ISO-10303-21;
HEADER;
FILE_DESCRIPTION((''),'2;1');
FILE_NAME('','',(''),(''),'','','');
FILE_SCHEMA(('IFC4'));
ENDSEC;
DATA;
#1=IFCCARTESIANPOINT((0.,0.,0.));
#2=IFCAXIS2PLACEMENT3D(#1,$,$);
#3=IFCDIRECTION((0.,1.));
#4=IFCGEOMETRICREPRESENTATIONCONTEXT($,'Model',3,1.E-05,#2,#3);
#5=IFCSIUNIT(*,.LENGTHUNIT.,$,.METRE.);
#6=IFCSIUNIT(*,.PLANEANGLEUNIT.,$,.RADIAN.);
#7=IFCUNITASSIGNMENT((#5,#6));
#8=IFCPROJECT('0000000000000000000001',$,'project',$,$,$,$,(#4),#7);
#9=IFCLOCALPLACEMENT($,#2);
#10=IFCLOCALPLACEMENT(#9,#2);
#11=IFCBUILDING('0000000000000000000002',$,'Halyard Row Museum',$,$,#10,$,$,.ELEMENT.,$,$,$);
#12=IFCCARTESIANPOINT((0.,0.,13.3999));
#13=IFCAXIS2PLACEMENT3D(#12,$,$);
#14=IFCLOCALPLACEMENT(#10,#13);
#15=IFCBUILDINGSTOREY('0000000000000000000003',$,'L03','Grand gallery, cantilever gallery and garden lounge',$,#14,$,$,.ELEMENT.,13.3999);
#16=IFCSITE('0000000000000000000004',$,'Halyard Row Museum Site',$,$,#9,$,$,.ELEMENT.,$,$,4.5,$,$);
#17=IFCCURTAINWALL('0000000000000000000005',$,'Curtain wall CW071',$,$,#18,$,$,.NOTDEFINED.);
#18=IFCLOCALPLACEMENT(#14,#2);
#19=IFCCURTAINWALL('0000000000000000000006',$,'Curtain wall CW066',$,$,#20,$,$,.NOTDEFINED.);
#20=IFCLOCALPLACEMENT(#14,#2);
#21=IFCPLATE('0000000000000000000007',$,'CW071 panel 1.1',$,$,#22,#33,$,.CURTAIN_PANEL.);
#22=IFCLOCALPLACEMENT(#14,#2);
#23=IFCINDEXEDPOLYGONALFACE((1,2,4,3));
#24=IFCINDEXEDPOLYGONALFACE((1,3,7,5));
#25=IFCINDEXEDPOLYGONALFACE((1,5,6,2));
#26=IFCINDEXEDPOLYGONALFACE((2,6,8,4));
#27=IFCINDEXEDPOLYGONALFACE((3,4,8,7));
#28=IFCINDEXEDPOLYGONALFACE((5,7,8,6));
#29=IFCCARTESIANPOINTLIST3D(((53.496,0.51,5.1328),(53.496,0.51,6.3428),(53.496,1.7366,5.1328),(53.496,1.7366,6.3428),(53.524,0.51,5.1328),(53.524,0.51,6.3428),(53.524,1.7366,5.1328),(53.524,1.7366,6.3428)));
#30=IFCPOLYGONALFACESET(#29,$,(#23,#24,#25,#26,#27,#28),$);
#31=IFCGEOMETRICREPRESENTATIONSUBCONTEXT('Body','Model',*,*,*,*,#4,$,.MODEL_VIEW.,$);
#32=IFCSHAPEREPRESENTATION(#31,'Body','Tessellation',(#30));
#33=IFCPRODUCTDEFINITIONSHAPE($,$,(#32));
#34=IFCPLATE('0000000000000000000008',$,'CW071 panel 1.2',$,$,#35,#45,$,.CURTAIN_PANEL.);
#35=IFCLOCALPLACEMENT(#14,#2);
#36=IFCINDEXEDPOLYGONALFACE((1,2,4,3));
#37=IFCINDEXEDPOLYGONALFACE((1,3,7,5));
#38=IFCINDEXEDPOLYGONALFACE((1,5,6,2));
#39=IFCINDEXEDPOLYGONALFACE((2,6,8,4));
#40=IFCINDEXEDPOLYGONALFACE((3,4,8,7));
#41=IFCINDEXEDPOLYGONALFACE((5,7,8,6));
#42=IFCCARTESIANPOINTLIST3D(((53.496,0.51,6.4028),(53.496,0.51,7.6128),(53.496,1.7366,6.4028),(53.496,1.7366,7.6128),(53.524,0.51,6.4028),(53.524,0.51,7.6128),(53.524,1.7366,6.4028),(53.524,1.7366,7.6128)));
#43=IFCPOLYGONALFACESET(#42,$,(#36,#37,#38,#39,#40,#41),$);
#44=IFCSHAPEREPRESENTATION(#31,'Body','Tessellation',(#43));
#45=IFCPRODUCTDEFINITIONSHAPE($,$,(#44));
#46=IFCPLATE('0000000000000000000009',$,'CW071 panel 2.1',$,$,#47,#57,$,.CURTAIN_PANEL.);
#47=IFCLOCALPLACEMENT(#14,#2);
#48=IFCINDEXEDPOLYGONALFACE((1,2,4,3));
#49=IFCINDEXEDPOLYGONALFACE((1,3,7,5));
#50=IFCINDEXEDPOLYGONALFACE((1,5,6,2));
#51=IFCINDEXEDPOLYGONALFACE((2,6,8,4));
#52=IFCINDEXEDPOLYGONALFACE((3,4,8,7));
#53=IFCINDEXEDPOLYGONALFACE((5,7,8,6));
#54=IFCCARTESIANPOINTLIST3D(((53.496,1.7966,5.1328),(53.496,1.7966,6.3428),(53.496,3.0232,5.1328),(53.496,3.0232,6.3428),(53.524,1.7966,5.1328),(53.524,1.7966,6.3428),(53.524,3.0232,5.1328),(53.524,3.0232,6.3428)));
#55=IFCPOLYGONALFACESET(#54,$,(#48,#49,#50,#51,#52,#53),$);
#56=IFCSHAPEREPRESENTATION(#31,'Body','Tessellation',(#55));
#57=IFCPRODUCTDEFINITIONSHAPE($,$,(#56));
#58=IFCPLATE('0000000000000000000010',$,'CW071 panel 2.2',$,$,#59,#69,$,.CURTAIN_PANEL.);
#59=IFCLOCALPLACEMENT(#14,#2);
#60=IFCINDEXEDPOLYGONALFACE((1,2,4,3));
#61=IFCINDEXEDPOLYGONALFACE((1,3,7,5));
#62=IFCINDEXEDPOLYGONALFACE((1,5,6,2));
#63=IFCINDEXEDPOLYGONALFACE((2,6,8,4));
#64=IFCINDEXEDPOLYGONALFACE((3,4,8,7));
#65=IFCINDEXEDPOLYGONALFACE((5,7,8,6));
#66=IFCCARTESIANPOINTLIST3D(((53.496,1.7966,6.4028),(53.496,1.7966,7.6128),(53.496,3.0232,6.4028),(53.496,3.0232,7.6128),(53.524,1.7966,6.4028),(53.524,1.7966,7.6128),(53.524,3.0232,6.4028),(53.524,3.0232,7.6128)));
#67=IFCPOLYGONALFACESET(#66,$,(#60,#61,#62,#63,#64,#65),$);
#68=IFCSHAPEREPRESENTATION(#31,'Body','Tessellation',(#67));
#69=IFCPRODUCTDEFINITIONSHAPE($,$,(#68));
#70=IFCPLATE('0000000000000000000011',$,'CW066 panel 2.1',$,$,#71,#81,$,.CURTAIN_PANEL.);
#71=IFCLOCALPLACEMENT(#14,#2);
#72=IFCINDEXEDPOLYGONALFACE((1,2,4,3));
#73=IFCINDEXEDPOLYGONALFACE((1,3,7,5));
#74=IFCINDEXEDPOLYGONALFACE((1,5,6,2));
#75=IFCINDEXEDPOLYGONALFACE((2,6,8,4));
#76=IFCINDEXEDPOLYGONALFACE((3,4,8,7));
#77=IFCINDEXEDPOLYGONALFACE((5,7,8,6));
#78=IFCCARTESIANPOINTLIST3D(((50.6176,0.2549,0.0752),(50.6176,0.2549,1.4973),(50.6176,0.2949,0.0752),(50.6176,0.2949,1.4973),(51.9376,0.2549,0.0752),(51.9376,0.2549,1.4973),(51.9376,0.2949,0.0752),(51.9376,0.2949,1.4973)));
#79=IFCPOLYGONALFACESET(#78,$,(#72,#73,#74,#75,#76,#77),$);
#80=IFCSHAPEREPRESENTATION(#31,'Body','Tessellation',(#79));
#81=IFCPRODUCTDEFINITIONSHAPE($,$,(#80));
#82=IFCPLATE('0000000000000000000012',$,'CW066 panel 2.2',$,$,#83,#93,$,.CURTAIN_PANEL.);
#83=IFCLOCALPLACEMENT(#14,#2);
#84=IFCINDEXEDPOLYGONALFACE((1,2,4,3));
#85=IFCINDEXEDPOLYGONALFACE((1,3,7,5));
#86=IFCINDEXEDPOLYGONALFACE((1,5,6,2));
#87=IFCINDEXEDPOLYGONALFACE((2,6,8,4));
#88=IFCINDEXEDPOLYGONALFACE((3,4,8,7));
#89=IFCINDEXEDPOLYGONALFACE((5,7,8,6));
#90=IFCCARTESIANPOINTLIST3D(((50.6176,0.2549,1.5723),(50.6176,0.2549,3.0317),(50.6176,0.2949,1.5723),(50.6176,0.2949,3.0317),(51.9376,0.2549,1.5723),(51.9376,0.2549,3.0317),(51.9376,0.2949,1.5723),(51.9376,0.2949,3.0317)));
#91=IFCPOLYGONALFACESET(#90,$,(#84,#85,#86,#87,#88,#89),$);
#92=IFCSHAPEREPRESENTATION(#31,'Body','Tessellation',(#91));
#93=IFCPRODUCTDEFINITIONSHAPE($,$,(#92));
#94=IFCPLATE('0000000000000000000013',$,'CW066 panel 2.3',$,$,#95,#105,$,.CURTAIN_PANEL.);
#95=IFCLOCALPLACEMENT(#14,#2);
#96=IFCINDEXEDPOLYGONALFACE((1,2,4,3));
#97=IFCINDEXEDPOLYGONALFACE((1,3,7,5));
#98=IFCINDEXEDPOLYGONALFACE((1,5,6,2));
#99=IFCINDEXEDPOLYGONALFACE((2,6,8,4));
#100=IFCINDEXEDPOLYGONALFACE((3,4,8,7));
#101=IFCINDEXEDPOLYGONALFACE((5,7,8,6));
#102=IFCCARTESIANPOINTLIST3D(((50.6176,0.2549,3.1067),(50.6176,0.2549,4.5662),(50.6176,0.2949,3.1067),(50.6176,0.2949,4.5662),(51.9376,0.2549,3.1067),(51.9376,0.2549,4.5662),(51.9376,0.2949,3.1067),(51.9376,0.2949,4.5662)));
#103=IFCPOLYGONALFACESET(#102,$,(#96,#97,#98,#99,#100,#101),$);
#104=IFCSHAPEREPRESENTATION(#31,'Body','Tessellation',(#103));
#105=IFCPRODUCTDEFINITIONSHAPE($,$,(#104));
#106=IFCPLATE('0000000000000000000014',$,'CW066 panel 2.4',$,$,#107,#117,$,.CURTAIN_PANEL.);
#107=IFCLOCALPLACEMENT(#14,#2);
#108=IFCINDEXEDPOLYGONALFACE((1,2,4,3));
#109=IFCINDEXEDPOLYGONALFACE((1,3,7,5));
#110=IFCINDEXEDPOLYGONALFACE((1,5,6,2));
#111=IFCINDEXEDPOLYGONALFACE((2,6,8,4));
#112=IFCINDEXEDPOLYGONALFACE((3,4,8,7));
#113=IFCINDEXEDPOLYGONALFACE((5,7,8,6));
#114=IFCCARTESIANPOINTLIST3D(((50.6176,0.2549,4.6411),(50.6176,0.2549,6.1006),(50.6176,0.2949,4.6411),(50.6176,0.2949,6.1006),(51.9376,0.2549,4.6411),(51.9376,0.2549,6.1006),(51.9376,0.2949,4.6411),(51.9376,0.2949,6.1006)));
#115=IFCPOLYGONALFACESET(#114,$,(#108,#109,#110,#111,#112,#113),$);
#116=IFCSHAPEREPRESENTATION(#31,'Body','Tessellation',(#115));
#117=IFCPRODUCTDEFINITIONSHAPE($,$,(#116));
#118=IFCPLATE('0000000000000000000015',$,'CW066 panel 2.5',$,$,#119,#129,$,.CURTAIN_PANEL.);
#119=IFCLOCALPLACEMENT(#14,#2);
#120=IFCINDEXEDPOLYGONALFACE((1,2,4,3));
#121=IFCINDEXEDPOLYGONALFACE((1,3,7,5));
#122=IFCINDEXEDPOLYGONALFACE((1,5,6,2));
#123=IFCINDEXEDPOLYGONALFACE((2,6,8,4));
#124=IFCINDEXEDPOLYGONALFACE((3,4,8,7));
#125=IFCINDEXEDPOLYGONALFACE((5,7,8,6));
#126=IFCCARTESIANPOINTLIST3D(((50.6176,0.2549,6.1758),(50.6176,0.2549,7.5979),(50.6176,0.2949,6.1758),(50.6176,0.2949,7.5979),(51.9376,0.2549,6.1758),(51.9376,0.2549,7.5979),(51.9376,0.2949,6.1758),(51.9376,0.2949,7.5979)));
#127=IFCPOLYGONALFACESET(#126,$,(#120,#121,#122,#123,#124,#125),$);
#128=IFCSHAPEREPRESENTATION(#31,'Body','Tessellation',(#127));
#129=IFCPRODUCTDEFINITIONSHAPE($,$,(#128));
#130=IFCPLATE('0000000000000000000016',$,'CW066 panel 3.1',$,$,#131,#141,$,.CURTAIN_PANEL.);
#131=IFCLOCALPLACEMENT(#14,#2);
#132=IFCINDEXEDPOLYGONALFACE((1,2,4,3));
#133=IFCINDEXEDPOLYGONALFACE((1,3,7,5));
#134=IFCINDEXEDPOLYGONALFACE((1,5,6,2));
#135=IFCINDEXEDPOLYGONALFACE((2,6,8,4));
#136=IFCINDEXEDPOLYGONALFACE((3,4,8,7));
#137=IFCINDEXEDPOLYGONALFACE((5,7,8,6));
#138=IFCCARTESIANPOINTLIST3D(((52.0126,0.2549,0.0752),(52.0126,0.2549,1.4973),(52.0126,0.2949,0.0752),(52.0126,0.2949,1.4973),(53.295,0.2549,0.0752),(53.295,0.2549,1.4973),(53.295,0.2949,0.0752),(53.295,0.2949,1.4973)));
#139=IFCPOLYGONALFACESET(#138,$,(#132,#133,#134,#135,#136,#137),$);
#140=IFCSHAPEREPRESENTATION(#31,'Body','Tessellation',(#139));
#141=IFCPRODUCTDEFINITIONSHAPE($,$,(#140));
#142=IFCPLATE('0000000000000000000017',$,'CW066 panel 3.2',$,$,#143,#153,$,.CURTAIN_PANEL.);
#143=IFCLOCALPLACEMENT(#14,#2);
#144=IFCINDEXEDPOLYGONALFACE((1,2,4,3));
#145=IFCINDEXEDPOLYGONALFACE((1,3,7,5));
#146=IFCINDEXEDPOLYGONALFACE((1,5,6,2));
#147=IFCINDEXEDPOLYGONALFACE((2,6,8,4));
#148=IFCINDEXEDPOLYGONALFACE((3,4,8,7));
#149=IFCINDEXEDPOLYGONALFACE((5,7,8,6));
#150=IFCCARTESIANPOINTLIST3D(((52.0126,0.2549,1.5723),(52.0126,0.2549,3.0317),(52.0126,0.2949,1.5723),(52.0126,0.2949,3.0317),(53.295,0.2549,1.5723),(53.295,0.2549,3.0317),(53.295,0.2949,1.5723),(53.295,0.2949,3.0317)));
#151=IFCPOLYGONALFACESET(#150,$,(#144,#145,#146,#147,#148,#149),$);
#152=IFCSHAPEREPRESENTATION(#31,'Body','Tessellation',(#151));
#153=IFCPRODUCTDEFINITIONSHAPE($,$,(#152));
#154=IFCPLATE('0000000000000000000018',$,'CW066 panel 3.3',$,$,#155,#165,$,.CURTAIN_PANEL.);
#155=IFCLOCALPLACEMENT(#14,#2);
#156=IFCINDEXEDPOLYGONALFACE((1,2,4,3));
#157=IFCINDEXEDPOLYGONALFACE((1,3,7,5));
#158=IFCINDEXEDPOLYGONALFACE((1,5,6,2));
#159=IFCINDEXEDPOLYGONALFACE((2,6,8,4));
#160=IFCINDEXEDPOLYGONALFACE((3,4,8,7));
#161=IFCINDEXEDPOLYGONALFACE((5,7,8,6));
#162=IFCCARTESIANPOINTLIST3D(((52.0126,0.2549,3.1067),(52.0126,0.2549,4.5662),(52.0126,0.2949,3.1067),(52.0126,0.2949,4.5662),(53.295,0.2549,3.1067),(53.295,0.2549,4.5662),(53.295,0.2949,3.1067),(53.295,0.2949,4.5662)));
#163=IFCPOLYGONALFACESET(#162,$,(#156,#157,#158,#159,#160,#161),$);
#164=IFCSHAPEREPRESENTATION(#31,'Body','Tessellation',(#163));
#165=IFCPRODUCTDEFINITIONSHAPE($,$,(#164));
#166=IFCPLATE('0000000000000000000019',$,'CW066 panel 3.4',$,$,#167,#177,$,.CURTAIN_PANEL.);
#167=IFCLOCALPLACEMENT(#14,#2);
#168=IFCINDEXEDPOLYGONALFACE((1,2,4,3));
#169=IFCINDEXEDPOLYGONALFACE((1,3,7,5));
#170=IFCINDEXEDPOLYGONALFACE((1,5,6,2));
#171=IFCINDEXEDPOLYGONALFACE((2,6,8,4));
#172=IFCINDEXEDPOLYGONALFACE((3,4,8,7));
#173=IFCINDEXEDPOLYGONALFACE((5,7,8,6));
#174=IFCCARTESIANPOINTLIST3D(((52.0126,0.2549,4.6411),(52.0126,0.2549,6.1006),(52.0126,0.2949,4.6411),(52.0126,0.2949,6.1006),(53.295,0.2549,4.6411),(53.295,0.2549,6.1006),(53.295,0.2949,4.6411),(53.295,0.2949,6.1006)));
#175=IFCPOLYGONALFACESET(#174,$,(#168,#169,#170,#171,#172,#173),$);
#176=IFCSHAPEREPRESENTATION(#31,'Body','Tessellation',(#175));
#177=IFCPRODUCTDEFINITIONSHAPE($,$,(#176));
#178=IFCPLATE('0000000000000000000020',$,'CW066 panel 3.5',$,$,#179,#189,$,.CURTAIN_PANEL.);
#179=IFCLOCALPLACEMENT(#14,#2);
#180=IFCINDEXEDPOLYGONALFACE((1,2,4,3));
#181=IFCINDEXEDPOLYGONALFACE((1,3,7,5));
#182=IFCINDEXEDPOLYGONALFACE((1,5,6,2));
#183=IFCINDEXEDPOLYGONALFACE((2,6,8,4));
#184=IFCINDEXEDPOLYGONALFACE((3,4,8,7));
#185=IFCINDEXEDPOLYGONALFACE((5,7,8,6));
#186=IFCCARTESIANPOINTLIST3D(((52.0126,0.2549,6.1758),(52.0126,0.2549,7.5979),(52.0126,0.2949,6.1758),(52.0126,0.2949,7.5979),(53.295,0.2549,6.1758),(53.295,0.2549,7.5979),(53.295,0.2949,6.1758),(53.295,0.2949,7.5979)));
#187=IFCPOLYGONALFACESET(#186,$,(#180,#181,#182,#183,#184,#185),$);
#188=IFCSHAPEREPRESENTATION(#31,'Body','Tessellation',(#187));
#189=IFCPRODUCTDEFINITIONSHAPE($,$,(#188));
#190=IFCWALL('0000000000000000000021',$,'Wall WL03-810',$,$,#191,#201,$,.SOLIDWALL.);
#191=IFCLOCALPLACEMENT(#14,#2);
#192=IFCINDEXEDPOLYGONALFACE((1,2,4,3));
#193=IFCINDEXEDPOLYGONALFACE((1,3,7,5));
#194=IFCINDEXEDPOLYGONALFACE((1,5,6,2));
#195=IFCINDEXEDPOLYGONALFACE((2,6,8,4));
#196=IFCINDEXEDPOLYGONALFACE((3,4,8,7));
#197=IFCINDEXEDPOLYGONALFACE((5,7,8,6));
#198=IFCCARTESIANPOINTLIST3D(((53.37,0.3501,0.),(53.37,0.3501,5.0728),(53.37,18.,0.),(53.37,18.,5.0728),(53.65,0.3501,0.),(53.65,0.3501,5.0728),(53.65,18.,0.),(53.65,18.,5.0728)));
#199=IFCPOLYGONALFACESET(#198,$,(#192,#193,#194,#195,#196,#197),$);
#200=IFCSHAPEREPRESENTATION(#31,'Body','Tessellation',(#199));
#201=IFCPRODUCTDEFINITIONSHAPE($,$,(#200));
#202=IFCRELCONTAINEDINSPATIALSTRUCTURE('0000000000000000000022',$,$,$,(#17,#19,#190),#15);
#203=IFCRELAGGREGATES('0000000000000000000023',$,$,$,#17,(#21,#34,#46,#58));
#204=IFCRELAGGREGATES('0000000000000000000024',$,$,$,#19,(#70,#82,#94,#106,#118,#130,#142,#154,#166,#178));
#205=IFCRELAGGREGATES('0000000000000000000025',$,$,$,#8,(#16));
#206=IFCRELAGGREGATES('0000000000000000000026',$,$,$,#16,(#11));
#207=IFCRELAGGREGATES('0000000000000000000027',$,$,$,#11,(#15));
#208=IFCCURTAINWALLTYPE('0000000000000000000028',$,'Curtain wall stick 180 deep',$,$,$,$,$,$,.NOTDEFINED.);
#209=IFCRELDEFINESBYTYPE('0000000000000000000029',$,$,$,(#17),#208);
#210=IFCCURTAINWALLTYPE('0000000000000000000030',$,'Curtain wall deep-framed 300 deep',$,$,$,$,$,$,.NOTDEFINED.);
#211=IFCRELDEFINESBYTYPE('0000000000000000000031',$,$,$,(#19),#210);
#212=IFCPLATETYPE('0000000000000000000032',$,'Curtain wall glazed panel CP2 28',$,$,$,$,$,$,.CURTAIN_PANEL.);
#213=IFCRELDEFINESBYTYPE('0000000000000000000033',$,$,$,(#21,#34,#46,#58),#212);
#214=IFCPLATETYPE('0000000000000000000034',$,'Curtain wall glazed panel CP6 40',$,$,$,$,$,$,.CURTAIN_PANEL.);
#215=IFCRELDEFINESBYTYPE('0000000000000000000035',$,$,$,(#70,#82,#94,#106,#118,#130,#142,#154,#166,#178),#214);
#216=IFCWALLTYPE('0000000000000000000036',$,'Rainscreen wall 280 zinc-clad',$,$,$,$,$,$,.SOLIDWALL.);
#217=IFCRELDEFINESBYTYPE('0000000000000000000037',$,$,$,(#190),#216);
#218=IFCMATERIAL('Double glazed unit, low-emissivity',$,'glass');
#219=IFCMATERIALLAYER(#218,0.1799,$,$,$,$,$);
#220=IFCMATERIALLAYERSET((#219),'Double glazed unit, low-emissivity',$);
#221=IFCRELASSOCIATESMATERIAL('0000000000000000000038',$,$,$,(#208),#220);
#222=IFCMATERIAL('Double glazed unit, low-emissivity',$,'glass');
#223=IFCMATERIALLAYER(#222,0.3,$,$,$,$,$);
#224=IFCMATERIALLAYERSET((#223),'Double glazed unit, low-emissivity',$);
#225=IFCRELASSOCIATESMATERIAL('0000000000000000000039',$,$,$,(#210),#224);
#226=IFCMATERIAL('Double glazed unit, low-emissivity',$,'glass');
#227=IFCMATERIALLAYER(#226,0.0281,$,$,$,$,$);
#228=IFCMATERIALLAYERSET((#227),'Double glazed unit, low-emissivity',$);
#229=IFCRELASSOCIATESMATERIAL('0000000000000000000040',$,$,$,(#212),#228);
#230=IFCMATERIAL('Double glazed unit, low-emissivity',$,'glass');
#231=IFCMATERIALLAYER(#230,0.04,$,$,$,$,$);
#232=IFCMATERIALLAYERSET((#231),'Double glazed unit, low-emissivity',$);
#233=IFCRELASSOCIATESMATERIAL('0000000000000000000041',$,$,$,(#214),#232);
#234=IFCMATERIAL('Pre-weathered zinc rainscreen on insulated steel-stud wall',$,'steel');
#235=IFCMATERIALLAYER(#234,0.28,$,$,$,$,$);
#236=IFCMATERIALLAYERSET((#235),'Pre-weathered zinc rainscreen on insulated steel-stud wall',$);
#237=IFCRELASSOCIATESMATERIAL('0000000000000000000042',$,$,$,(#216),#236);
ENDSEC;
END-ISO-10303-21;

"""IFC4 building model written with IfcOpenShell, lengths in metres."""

from ifc_helpers import new_model, si_unit, direction, frame, frame_2d, origin, origin_2d, place, context, subcontext, project, spatial, rectangle, extrude, material, layer, layer_set, type_object, element, aggregate, save


model = new_model("IFC4")

# Units and contexts
model_context = context("Model", 3, precision=1e-05, world=origin(), true_north=direction((0.0, 1.0)))
body_context = subcontext(model_context, "Body", "Model", "MODEL_VIEW")
ifc_project = project(units=[si_unit("LENGTHUNIT", "METRE"), si_unit("PLANEANGLEUNIT", "RADIAN")], contexts=[model_context])

# Site, building, storey
site_placement = place(None, origin())
site = spatial("IfcSite", under=ifc_project, at=site_placement, Name="Halyard Row Museum Site", CompositionType="ELEMENT", RefElevation=4.5)
building_placement = place(site_placement, origin())
building = spatial("IfcBuilding", under=site, at=building_placement, Name="Halyard Row Museum", CompositionType="ELEMENT")
storey_placement = place(building_placement, frame((0.0, 0.0, 13.3999)))
storey = spatial("IfcBuildingStorey", under=building, at=storey_placement, Name="L03", Description="Grand gallery, cantilever gallery and garden lounge", CompositionType="ELEMENT", Elevation=13.3999)

# Curtain walls
ifc_material_1 = material(Name="Double glazed unit, low-emissivity", Category="glass")
ifc_layer_1 = layer(ifc_material_1, 0.1799)
ifc_layer_set_1 = layer_set([ifc_layer_1], Name="Double glazed unit, low-emissivity")
curtain_wall_type_1 = type_object("IfcCurtainWallType", Name="Curtain wall stick 180 deep", PredefinedType="NOTDEFINED", material=ifc_layer_set_1)
curtain_wall_1_placement = place(storey_placement, origin())
curtain_wall_1 = element("IfcCurtainWall", 1, at=curtain_wall_1_placement, inside=storey, type_object=curtain_wall_type_1, Name="Curtain wall CW071", PredefinedType="NOTDEFINED")
ifc_material_2 = material(Name="Double glazed unit, low-emissivity", Category="glass")
ifc_layer_2 = layer(ifc_material_2, 0.3)
ifc_layer_set_2 = layer_set([ifc_layer_2], Name="Double glazed unit, low-emissivity")
curtain_wall_type_2 = type_object("IfcCurtainWallType", Name="Curtain wall deep-framed 300 deep", PredefinedType="NOTDEFINED", material=ifc_layer_set_2)
curtain_wall_2_placement = place(storey_placement, origin())
curtain_wall_2 = element("IfcCurtainWall", 2, at=curtain_wall_2_placement, inside=storey, type_object=curtain_wall_type_2, Name="Curtain wall CW066", PredefinedType="NOTDEFINED")

# Plates
ifc_material_3 = material(Name="Double glazed unit, low-emissivity", Category="glass")
ifc_layer_3 = layer(ifc_material_3, 0.0281)
ifc_layer_set_3 = layer_set([ifc_layer_3], Name="Double glazed unit, low-emissivity")
plate_type_1 = type_object("IfcPlateType", Name="Curtain wall glazed panel CP2 28", PredefinedType="CURTAIN_PANEL", material=ifc_layer_set_3)
plate_1_placement = place(storey_placement, frame((53.51, 1.1233, 5.1328), z_axis=(0.0, 0.0, 1.0), x_axis=(0.0, 1.0, 0.0)))
plate_1 = element("IfcPlate", 3, at=plate_1_placement, type_object=plate_type_1, Name="CW071 panel 1.1", PredefinedType="CURTAIN_PANEL", context=body_context, shape_type="SweptSolid", body=[
    extrude(rectangle(XDim=1.2266, YDim=0.0281, at=origin_2d()), origin(), (0.0, 0.0, 1.0), 1.21),
])
plate_2_placement = place(storey_placement, frame((53.51, 1.1233, 6.4028), z_axis=(0.0, 0.0, 1.0), x_axis=(0.0, 1.0, 0.0)))
plate_2 = element("IfcPlate", 4, at=plate_2_placement, type_object=plate_type_1, Name="CW071 panel 1.2", PredefinedType="CURTAIN_PANEL", context=body_context, shape_type="SweptSolid", body=[
    extrude(rectangle(XDim=1.2266, YDim=0.0281, at=origin_2d()), origin(), (0.0, 0.0, 1.0), 1.21),
])
plate_3_placement = place(storey_placement, frame((53.51, 2.4099, 5.1328), z_axis=(0.0, 0.0, 1.0), x_axis=(0.0, 1.0, 0.0)))
plate_3 = element("IfcPlate", 5, at=plate_3_placement, type_object=plate_type_1, Name="CW071 panel 2.1", PredefinedType="CURTAIN_PANEL", context=body_context, shape_type="SweptSolid", body=[
    extrude(rectangle(XDim=1.2266, YDim=0.0281, at=origin_2d()), origin(), (0.0, 0.0, 1.0), 1.21),
])
plate_4_placement = place(storey_placement, frame((53.51, 2.4099, 6.4028), z_axis=(0.0, 0.0, 1.0), x_axis=(0.0, 1.0, 0.0)))
plate_4 = element("IfcPlate", 6, at=plate_4_placement, type_object=plate_type_1, Name="CW071 panel 2.2", PredefinedType="CURTAIN_PANEL", context=body_context, shape_type="SweptSolid", body=[
    extrude(rectangle(XDim=1.2266, YDim=0.0281, at=origin_2d()), origin(), (0.0, 0.0, 1.0), 1.21),
])
aggregate(curtain_wall_1, [plate_1, plate_2, plate_3, plate_4])
ifc_material_4 = material(Name="Double glazed unit, low-emissivity", Category="glass")
ifc_layer_4 = layer(ifc_material_4, 0.04)
ifc_layer_set_4 = layer_set([ifc_layer_4], Name="Double glazed unit, low-emissivity")
plate_type_2 = type_object("IfcPlateType", Name="Curtain wall glazed panel CP6 40", PredefinedType="CURTAIN_PANEL", material=ifc_layer_set_4)
plate_5_placement = place(storey_placement, frame((51.2776, 0.2749, 0.0752), z_axis=(0.0, 0.0, 1.0), x_axis=(1.0, 0.0, 0.0)))
plate_5 = element("IfcPlate", 7, at=plate_5_placement, type_object=plate_type_2, Name="CW066 panel 2.1", PredefinedType="CURTAIN_PANEL", context=body_context, shape_type="SweptSolid", body=[
    extrude(rectangle(XDim=1.3201, YDim=0.04, at=origin_2d()), origin(), (0.0, 0.0, 1.0), 1.4221),
])
plate_6_placement = place(storey_placement, frame((51.2776, 0.2749, 1.5723), z_axis=(0.0, 0.0, 1.0), x_axis=(1.0, 0.0, 0.0)))
plate_6 = element("IfcPlate", 8, at=plate_6_placement, type_object=plate_type_2, Name="CW066 panel 2.2", PredefinedType="CURTAIN_PANEL", context=body_context, shape_type="SweptSolid", body=[
    extrude(rectangle(XDim=1.3201, YDim=0.04, at=origin_2d()), origin(), (0.0, 0.0, 1.0), 1.4595),
])
plate_7_placement = place(storey_placement, frame((51.2776, 0.2749, 3.1067), z_axis=(0.0, 0.0, 1.0), x_axis=(1.0, 0.0, 0.0)))
plate_7 = element("IfcPlate", 9, at=plate_7_placement, type_object=plate_type_2, Name="CW066 panel 2.3", PredefinedType="CURTAIN_PANEL", context=body_context, shape_type="SweptSolid", body=[
    extrude(rectangle(XDim=1.3201, YDim=0.04, at=origin_2d()), origin(), (0.0, 0.0, 1.0), 1.4595),
])
plate_8_placement = place(storey_placement, frame((51.2776, 0.2749, 4.6411), z_axis=(0.0, 0.0, 1.0), x_axis=(1.0, 0.0, 0.0)))
plate_8 = element("IfcPlate", 10, at=plate_8_placement, type_object=plate_type_2, Name="CW066 panel 2.4", PredefinedType="CURTAIN_PANEL", context=body_context, shape_type="SweptSolid", body=[
    extrude(rectangle(XDim=1.3201, YDim=0.04, at=origin_2d()), origin(), (0.0, 0.0, 1.0), 1.4595),
])
plate_9_placement = place(storey_placement, frame((51.2776, 0.2749, 6.1758), z_axis=(0.0, 0.0, 1.0), x_axis=(1.0, 0.0, 0.0)))
plate_9 = element("IfcPlate", 11, at=plate_9_placement, type_object=plate_type_2, Name="CW066 panel 2.5", PredefinedType="CURTAIN_PANEL", context=body_context, shape_type="SweptSolid", body=[
    extrude(rectangle(XDim=1.3201, YDim=0.04, at=origin_2d()), origin(), (0.0, 0.0, 1.0), 1.4221),
])
plate_10_placement = place(storey_placement, frame((52.6538, 0.2749, 0.0752), z_axis=(0.0, 0.0, 1.0), x_axis=(1.0, 0.0, 0.0)))
plate_10 = element("IfcPlate", 12, at=plate_10_placement, type_object=plate_type_2, Name="CW066 panel 3.1", PredefinedType="CURTAIN_PANEL", context=body_context, shape_type="SweptSolid", body=[
    extrude(rectangle(XDim=1.2825, YDim=0.04, at=origin_2d()), origin(), (0.0, 0.0, 1.0), 1.4221),
])
plate_11_placement = place(storey_placement, frame((52.6538, 0.2749, 1.5723), z_axis=(0.0, 0.0, 1.0), x_axis=(1.0, 0.0, 0.0)))
plate_11 = element("IfcPlate", 13, at=plate_11_placement, type_object=plate_type_2, Name="CW066 panel 3.2", PredefinedType="CURTAIN_PANEL", context=body_context, shape_type="SweptSolid", body=[
    extrude(rectangle(XDim=1.2825, YDim=0.04, at=origin_2d()), origin(), (0.0, 0.0, 1.0), 1.4595),
])
plate_12_placement = place(storey_placement, frame((52.6538, 0.2749, 3.1067), z_axis=(0.0, 0.0, 1.0), x_axis=(1.0, 0.0, 0.0)))
plate_12 = element("IfcPlate", 14, at=plate_12_placement, type_object=plate_type_2, Name="CW066 panel 3.3", PredefinedType="CURTAIN_PANEL", context=body_context, shape_type="SweptSolid", body=[
    extrude(rectangle(XDim=1.2825, YDim=0.04, at=origin_2d()), origin(), (0.0, 0.0, 1.0), 1.4595),
])
plate_13_placement = place(storey_placement, frame((52.6538, 0.2749, 4.6411), z_axis=(0.0, 0.0, 1.0), x_axis=(1.0, 0.0, 0.0)))
plate_13 = element("IfcPlate", 15, at=plate_13_placement, type_object=plate_type_2, Name="CW066 panel 3.4", PredefinedType="CURTAIN_PANEL", context=body_context, shape_type="SweptSolid", body=[
    extrude(rectangle(XDim=1.2825, YDim=0.04, at=origin_2d()), origin(), (0.0, 0.0, 1.0), 1.4595),
])
plate_14_placement = place(storey_placement, frame((52.6538, 0.2749, 6.1758), z_axis=(0.0, 0.0, 1.0), x_axis=(1.0, 0.0, 0.0)))
plate_14 = element("IfcPlate", 16, at=plate_14_placement, type_object=plate_type_2, Name="CW066 panel 3.5", PredefinedType="CURTAIN_PANEL", context=body_context, shape_type="SweptSolid", body=[
    extrude(rectangle(XDim=1.2825, YDim=0.04, at=origin_2d()), origin(), (0.0, 0.0, 1.0), 1.4221),
])
aggregate(curtain_wall_2, [plate_5, plate_6, plate_7, plate_8, plate_9, plate_10, plate_11, plate_12, plate_13, plate_14])

# Wall
ifc_material_5 = material(Name="Pre-weathered zinc rainscreen on insulated steel-stud wall", Category="steel")
ifc_layer_5 = layer(ifc_material_5, 0.28)
ifc_layer_set_5 = layer_set([ifc_layer_5], Name="Pre-weathered zinc rainscreen on insulated steel-stud wall")
wall_type = type_object("IfcWallType", Name="Rainscreen wall 280 zinc-clad", PredefinedType="SOLIDWALL", material=ifc_layer_set_5)
wall_1_placement = place(storey_placement, frame((53.51, 0.3501, 0.0), z_axis=(0.0, 0.0, 1.0), x_axis=(0.0, 1.0, 0.0)))
element("IfcWall", 17, at=wall_1_placement, inside=storey, type_object=wall_type, Name="Wall WL03-810", PredefinedType="SOLIDWALL", context=body_context, shape_type="SweptSolid", body=[
    extrude(rectangle(XDim=17.6499, YDim=0.28, at=frame_2d((8.825, 0.0))), origin(), (0.0, 0.0, 1.0), 5.0728),
])

save(model, "model.ifc")
